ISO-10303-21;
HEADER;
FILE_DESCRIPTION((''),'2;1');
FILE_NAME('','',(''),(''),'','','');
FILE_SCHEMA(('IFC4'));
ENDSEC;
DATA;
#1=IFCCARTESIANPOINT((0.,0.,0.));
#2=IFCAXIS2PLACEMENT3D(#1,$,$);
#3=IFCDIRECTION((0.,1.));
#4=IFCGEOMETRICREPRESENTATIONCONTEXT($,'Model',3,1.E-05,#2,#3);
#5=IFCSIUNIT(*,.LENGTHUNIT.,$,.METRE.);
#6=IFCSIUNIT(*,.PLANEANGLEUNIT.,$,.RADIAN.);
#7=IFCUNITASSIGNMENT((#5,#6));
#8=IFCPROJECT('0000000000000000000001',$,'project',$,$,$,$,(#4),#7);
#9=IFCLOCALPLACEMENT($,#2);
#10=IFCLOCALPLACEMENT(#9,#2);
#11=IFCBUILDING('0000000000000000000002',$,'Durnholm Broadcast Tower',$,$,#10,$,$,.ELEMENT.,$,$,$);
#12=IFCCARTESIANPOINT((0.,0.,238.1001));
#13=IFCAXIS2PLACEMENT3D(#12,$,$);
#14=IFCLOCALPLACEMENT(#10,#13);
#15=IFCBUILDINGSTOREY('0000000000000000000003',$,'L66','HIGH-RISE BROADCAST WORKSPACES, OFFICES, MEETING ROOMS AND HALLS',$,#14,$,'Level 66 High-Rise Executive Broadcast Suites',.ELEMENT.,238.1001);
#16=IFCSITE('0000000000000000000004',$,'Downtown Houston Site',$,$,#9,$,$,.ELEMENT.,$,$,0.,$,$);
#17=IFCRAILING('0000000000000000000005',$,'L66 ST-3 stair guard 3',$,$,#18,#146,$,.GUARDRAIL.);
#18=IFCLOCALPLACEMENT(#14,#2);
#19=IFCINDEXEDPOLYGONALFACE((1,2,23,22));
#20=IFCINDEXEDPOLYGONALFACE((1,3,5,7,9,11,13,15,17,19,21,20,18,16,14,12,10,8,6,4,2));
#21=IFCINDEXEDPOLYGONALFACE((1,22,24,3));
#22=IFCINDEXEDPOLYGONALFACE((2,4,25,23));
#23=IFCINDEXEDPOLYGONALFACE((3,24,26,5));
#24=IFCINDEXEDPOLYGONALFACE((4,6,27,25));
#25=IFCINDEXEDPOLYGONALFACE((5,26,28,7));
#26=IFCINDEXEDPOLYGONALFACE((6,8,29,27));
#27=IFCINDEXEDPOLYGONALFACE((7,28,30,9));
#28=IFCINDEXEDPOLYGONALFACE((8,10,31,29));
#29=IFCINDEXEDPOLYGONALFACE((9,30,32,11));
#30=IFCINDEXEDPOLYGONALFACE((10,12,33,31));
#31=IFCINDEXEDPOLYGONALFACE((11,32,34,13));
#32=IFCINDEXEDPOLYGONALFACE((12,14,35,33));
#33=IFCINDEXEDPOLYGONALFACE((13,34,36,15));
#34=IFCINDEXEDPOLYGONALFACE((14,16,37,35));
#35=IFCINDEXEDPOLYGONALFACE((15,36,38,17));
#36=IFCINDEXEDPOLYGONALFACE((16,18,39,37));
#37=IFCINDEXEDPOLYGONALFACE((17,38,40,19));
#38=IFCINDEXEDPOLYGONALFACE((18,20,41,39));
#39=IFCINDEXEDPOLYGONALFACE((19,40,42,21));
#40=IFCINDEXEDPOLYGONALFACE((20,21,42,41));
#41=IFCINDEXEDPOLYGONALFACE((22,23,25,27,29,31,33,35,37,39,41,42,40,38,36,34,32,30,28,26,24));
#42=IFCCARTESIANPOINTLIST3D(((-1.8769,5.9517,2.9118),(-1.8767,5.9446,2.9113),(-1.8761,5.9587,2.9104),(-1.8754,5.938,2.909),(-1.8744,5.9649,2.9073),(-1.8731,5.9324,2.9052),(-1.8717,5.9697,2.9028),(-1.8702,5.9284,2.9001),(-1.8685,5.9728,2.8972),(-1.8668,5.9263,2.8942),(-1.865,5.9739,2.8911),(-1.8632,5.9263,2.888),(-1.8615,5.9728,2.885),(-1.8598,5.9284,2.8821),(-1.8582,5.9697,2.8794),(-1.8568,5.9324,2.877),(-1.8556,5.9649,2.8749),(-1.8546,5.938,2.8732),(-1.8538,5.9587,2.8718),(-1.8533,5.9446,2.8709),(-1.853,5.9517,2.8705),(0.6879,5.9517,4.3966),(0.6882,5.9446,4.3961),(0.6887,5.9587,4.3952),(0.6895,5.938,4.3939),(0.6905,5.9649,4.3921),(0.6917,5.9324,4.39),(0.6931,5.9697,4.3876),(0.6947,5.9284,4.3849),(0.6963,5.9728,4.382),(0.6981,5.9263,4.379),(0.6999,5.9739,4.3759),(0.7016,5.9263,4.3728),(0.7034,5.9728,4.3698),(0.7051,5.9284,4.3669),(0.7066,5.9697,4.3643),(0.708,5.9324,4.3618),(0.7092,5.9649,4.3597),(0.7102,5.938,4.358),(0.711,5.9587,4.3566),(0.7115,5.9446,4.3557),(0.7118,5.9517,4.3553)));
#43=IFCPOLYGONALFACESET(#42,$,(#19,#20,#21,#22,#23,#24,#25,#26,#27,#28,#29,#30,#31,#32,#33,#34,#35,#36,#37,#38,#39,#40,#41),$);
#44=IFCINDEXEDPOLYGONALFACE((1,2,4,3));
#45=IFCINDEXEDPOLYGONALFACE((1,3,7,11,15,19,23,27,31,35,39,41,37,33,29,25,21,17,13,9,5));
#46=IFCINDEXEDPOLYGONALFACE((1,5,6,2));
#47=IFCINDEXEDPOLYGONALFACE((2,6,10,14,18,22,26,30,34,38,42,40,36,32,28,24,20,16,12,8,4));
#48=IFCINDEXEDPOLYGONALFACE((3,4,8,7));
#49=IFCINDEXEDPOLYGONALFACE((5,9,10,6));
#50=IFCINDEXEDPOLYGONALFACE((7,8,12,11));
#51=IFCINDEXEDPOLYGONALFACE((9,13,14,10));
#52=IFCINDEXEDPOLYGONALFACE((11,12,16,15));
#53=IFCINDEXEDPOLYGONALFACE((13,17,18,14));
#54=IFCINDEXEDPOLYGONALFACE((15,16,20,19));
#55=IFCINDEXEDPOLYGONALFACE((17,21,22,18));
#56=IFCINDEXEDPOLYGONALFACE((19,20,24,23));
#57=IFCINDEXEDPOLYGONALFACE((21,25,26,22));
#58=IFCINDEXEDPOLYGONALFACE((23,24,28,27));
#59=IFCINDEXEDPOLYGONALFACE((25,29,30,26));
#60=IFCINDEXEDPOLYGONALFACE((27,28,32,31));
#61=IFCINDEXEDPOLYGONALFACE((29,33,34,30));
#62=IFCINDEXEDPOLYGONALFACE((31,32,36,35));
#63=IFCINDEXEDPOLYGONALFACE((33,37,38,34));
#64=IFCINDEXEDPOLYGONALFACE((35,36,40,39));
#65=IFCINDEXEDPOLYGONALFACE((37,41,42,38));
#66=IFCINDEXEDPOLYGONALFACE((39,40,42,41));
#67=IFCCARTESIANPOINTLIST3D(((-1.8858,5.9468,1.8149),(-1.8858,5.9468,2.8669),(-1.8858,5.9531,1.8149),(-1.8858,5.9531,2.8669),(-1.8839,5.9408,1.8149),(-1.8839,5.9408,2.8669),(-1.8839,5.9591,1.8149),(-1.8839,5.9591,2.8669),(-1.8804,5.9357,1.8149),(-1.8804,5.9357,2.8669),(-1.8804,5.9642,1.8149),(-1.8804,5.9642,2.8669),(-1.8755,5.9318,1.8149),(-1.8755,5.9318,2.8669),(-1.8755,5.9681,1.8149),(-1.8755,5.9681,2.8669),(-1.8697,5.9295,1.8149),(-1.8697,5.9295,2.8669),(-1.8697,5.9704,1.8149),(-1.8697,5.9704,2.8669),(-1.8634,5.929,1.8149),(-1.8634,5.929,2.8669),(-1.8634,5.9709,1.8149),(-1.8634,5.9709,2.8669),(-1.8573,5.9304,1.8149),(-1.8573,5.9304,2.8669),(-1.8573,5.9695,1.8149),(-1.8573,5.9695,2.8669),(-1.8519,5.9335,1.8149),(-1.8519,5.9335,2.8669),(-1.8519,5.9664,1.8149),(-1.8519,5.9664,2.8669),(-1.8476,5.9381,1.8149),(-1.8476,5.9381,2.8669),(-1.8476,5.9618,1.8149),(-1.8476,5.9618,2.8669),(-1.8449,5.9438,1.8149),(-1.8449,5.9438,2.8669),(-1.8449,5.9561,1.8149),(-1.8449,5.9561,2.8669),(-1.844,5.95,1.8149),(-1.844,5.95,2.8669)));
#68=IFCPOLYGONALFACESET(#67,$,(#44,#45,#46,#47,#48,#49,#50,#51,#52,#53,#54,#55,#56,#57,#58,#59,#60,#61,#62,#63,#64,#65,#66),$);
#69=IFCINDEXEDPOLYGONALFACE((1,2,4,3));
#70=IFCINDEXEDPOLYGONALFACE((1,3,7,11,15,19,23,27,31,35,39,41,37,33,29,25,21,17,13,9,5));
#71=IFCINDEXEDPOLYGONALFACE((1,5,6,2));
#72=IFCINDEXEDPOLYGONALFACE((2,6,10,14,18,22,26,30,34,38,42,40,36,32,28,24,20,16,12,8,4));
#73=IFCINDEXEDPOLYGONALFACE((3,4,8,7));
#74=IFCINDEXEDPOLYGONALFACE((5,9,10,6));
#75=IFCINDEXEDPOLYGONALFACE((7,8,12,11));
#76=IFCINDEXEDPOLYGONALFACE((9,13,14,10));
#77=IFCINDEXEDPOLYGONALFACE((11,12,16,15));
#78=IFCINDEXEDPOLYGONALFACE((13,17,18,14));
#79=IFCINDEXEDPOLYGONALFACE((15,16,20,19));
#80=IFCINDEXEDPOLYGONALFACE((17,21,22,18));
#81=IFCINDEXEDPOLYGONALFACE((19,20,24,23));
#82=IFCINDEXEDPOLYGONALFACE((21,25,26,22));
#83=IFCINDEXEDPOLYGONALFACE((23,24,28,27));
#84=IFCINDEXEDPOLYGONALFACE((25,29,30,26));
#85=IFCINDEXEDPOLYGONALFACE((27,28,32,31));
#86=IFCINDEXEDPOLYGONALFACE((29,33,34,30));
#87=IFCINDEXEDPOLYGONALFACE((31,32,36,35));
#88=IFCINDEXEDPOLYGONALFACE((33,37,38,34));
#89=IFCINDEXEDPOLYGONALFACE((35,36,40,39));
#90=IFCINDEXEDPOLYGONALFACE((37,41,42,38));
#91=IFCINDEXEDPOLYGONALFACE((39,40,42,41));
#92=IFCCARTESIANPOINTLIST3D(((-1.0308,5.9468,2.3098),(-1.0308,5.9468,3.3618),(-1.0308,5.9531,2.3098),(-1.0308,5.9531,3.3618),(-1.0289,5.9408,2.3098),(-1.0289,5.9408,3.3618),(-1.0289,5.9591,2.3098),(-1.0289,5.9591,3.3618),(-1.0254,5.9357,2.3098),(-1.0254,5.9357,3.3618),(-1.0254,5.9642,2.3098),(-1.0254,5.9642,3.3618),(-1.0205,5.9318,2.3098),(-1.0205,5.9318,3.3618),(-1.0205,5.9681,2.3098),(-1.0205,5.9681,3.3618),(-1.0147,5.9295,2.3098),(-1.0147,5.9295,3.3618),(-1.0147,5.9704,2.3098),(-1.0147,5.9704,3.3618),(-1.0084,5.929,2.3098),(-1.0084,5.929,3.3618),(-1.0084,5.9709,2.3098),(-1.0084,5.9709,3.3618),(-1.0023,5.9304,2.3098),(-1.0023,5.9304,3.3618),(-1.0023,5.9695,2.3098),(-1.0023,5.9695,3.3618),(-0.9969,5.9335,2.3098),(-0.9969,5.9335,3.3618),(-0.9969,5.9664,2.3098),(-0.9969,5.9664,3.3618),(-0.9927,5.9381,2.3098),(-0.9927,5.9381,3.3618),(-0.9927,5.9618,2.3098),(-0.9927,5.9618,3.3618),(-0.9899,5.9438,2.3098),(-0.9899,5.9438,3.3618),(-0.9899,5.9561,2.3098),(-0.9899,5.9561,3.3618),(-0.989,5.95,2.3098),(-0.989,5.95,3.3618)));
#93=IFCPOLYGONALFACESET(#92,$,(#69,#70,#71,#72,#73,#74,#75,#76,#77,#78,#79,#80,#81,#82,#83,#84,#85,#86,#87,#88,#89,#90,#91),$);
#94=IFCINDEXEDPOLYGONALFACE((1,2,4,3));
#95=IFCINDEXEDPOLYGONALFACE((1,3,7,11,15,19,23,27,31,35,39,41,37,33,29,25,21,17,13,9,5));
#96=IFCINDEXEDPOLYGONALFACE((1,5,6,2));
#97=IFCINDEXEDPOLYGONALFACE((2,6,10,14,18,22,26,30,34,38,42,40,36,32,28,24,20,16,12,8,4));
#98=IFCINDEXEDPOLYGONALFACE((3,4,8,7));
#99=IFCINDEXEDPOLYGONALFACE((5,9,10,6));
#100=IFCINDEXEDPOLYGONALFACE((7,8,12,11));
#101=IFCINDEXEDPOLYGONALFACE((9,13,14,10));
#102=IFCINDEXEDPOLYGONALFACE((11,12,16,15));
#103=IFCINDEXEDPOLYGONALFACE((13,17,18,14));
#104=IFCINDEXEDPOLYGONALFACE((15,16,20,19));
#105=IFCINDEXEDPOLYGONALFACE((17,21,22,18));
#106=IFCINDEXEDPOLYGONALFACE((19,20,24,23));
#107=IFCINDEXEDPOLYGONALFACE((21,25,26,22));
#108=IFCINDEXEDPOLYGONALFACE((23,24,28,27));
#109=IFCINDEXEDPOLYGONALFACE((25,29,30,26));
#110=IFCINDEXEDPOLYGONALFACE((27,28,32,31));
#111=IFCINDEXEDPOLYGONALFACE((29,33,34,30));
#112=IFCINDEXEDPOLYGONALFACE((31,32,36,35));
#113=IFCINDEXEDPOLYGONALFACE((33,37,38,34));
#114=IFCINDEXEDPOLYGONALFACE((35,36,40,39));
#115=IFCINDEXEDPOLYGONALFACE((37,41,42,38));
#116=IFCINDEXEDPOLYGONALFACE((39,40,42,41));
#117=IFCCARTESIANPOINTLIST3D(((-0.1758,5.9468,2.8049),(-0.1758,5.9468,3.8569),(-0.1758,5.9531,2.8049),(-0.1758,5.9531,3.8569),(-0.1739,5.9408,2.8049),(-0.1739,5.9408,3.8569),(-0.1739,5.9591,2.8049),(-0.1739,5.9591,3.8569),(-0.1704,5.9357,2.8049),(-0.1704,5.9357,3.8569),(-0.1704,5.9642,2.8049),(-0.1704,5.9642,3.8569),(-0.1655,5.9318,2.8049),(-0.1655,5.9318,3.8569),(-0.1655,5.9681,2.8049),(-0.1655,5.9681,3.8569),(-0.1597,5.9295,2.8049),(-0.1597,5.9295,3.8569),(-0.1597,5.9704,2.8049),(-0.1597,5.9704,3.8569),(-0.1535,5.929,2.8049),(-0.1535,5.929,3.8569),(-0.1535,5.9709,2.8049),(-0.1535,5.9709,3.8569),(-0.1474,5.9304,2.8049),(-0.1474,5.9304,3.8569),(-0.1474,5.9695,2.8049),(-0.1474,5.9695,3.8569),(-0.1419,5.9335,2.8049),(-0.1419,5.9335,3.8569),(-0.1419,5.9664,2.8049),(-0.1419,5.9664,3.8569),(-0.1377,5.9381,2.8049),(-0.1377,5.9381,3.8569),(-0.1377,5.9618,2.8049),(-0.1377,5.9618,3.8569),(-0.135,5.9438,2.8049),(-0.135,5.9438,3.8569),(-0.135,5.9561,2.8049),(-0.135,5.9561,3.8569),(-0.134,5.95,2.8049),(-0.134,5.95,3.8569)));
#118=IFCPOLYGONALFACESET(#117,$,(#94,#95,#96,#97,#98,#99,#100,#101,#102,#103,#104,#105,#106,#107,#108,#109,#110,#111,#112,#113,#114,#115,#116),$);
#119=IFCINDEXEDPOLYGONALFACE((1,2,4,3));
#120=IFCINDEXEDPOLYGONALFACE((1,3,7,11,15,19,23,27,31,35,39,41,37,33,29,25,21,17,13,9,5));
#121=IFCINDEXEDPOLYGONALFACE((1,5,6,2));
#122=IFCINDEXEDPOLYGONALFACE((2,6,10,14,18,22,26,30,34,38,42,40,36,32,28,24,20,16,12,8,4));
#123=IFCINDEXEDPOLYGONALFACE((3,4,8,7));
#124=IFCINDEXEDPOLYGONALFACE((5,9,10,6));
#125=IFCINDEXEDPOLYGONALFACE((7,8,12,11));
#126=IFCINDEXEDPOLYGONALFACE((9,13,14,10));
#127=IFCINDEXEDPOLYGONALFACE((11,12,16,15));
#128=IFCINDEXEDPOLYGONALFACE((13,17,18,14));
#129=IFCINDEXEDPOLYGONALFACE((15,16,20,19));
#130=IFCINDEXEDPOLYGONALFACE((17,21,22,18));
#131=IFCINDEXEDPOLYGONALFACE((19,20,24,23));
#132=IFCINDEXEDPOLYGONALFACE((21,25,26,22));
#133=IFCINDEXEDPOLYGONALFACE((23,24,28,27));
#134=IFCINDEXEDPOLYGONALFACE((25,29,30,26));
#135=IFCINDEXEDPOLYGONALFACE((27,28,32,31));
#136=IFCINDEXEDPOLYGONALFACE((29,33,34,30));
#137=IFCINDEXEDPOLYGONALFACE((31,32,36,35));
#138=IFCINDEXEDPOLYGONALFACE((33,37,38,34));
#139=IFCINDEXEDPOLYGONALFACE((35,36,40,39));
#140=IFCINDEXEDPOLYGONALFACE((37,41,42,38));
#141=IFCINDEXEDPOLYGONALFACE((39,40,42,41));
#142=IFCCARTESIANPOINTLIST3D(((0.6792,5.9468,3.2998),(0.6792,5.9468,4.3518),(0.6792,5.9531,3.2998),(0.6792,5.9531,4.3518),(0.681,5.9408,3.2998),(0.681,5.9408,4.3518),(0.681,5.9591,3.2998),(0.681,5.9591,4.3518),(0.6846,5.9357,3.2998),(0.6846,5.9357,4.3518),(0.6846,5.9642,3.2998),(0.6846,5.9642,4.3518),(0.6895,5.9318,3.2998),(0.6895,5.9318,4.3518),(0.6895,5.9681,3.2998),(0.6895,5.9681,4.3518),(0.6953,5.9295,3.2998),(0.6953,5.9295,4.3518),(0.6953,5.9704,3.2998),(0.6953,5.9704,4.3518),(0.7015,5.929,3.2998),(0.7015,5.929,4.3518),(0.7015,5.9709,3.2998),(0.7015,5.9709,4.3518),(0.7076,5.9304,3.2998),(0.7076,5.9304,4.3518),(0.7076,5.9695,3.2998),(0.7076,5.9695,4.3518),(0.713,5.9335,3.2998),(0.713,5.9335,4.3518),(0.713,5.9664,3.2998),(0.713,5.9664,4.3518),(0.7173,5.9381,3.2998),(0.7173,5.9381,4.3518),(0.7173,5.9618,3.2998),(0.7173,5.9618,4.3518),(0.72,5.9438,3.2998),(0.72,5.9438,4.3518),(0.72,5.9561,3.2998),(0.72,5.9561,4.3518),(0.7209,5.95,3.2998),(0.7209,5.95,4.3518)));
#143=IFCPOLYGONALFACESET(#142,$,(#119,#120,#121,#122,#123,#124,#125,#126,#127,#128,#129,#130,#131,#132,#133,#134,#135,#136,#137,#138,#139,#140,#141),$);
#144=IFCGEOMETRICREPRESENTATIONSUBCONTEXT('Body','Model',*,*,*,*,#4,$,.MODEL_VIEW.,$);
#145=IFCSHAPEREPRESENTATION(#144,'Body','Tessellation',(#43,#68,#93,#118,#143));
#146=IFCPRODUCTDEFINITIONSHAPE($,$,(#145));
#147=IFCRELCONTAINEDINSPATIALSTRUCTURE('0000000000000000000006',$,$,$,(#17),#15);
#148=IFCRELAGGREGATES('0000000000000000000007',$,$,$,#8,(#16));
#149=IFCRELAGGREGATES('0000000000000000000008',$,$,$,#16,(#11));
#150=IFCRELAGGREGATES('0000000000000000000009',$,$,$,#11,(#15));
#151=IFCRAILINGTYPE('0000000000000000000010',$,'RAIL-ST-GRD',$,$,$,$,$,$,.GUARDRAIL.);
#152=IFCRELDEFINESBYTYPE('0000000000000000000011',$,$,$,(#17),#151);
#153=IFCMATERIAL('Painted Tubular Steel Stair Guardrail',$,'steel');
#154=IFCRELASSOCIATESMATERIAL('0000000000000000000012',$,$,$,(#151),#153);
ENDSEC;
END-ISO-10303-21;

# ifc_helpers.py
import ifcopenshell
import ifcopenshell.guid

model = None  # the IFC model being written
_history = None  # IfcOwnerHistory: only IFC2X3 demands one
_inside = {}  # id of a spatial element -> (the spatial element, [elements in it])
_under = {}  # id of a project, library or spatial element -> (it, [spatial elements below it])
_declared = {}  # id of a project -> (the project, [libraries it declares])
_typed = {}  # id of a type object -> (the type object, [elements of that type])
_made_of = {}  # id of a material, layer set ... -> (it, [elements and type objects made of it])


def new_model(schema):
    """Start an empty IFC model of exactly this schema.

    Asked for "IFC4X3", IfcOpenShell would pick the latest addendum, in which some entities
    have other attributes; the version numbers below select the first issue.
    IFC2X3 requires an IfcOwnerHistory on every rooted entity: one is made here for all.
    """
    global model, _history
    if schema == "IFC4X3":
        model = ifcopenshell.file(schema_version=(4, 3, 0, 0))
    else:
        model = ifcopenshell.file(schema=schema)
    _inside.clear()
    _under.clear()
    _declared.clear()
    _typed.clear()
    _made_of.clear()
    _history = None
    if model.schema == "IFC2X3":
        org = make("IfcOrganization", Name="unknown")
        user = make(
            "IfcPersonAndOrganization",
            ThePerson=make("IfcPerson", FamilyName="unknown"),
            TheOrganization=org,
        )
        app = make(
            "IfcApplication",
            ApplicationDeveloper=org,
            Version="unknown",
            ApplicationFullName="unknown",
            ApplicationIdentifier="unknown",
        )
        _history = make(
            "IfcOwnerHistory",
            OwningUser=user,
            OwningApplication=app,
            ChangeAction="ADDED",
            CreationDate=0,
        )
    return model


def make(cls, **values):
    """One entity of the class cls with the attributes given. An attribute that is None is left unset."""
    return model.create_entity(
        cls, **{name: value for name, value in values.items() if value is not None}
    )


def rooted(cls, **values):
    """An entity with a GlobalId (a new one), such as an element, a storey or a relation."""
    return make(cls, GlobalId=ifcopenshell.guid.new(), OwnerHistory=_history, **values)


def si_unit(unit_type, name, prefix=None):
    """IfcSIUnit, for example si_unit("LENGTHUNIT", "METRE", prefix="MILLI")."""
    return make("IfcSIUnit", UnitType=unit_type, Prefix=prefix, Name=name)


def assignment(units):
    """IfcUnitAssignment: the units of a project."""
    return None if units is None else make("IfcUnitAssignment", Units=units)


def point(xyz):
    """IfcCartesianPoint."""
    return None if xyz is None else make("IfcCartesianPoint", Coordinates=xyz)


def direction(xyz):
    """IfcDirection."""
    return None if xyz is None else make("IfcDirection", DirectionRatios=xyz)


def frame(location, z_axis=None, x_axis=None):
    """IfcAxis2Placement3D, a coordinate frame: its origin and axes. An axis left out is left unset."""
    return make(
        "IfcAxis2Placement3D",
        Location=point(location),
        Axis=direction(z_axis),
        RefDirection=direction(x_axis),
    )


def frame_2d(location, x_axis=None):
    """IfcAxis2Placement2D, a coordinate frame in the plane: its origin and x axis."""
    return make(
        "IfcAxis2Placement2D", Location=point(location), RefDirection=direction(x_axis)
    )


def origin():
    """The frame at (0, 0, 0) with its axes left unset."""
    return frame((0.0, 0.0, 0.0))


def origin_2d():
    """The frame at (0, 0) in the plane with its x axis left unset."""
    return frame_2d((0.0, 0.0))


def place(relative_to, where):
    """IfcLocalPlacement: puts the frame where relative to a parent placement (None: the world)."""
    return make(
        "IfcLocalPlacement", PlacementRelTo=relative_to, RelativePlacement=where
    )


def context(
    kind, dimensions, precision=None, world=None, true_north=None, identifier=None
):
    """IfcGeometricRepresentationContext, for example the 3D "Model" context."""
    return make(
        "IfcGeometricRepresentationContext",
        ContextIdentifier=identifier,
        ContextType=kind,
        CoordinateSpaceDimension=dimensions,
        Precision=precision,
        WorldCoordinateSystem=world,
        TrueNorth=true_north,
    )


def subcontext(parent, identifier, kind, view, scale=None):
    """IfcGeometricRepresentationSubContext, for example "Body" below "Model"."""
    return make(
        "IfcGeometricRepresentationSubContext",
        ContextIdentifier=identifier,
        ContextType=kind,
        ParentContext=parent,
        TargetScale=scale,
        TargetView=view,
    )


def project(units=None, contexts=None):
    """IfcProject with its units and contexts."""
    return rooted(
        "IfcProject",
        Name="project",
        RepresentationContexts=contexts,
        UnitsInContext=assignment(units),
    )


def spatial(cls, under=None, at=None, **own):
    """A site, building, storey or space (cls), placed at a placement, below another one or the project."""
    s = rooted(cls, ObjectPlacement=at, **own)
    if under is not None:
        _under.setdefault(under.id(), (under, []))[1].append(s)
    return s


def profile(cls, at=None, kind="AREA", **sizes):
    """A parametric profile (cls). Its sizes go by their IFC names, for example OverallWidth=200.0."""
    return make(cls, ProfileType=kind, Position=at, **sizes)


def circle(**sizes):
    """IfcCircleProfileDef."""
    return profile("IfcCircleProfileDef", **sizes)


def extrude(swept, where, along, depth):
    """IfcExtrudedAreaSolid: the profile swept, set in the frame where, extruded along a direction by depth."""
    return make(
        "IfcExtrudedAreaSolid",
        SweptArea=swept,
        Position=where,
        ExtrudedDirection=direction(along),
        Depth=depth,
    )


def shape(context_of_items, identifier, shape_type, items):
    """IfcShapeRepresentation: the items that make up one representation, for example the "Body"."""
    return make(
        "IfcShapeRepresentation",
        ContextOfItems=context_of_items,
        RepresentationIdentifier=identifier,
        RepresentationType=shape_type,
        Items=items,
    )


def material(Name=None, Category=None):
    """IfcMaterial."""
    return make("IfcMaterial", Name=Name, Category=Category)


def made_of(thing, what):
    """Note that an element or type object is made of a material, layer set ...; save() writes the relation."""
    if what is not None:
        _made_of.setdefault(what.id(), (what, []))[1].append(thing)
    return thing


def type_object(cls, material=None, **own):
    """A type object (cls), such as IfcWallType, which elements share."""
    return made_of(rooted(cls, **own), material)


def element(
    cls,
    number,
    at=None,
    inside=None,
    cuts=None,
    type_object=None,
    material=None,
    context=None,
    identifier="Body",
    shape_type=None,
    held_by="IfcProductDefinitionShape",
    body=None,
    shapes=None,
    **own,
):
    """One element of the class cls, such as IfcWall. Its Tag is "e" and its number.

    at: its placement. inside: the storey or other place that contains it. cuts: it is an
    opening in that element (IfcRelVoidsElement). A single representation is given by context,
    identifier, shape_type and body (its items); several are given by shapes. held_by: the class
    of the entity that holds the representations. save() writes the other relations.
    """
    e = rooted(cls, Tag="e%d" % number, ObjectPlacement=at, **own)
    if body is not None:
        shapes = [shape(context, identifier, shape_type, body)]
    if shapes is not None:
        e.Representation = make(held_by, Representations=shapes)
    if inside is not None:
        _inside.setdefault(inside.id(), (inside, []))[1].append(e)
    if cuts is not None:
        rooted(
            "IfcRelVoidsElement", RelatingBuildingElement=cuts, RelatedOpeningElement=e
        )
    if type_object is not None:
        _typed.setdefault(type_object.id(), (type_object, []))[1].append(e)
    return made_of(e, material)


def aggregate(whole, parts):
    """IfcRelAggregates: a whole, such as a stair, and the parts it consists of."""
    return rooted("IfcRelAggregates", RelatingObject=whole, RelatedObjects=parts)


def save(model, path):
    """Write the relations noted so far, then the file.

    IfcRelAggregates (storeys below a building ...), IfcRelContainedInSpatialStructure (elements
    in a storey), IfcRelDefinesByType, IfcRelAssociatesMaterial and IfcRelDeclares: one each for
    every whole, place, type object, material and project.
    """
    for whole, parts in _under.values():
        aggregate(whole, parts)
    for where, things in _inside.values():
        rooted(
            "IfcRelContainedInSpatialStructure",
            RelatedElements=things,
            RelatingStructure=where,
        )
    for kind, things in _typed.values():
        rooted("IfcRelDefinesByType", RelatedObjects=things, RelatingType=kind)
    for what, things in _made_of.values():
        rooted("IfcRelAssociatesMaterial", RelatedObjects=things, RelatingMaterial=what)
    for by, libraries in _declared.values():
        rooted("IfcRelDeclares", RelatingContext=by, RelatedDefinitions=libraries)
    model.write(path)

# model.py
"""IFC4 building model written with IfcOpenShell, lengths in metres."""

from ifc_helpers import new_model, si_unit, direction, frame, origin, origin_2d, place, context, subcontext, project, spatial, circle, extrude, material, type_object, element, save


model = new_model("IFC4")

# Units and contexts
model_context = context("Model", 3, precision=1e-05, world=origin(), true_north=direction((0.0, 1.0)))
body_context = subcontext(model_context, "Body", "Model", "MODEL_VIEW")
ifc_project = project(units=[si_unit("LENGTHUNIT", "METRE"), si_unit("PLANEANGLEUNIT", "RADIAN")], contexts=[model_context])

# Site, building, storey
site_placement = place(None, origin())
site = spatial("IfcSite", under=ifc_project, at=site_placement, Name="Downtown Houston Site", CompositionType="ELEMENT", RefElevation=0.0)
building_placement = place(site_placement, origin())
building = spatial("IfcBuilding", under=site, at=building_placement, Name="Durnholm Broadcast Tower", CompositionType="ELEMENT")
storey_placement = place(building_placement, frame((0.0, 0.0, 238.1001)))
storey = spatial("IfcBuildingStorey", under=building, at=storey_placement, Name="L66", Description="HIGH-RISE BROADCAST WORKSPACES, OFFICES, MEETING ROOMS AND HALLS", LongName="Level 66 High-Rise Executive Broadcast Suites", CompositionType="ELEMENT", Elevation=238.1001)

# Railing
ifc_material_1 = material(Name="Painted Tubular Steel Stair Guardrail", Category="steel")
railing_type_1 = type_object("IfcRailingType", Name="RAIL-ST-GRD", PredefinedType="GUARDRAIL", material=ifc_material_1)
railing_1_placement = place(storey_placement, frame((-1.865, 5.95, 1.8149)))
element("IfcRailing", 1, at=railing_1_placement, inside=storey, type_object=railing_type_1, Name="L66 ST-3 stair guard 3", PredefinedType="GUARDRAIL", context=body_context, shape_type="SweptSolid", body=[
    extrude(circle(Radius=0.0239, at=origin_2d()), frame((0.0, 0.0, 1.0762), z_axis=(0.865441, 0.0, 0.50101), x_axis=(0.0, 1.0, 0.0)), (0.0, 0.0, 1.0), 2.9636),
    extrude(circle(Radius=0.021, at=origin_2d()), origin(), (0.0, 0.0, 1.0), 1.052),
    extrude(circle(Radius=0.021, at=origin_2d()), frame((0.855, 0.0, 0.4949)), (0.0, 0.0, 1.0), 1.052),
    extrude(circle(Radius=0.021, at=origin_2d()), frame((1.71, 0.0, 0.99)), (0.0, 0.0, 1.0), 1.052),
    extrude(circle(Radius=0.021, at=origin_2d()), frame((2.5649, 0.0, 1.4849)), (0.0, 0.0, 1.0), 1.052),
])

save(model, "model.ifc")
